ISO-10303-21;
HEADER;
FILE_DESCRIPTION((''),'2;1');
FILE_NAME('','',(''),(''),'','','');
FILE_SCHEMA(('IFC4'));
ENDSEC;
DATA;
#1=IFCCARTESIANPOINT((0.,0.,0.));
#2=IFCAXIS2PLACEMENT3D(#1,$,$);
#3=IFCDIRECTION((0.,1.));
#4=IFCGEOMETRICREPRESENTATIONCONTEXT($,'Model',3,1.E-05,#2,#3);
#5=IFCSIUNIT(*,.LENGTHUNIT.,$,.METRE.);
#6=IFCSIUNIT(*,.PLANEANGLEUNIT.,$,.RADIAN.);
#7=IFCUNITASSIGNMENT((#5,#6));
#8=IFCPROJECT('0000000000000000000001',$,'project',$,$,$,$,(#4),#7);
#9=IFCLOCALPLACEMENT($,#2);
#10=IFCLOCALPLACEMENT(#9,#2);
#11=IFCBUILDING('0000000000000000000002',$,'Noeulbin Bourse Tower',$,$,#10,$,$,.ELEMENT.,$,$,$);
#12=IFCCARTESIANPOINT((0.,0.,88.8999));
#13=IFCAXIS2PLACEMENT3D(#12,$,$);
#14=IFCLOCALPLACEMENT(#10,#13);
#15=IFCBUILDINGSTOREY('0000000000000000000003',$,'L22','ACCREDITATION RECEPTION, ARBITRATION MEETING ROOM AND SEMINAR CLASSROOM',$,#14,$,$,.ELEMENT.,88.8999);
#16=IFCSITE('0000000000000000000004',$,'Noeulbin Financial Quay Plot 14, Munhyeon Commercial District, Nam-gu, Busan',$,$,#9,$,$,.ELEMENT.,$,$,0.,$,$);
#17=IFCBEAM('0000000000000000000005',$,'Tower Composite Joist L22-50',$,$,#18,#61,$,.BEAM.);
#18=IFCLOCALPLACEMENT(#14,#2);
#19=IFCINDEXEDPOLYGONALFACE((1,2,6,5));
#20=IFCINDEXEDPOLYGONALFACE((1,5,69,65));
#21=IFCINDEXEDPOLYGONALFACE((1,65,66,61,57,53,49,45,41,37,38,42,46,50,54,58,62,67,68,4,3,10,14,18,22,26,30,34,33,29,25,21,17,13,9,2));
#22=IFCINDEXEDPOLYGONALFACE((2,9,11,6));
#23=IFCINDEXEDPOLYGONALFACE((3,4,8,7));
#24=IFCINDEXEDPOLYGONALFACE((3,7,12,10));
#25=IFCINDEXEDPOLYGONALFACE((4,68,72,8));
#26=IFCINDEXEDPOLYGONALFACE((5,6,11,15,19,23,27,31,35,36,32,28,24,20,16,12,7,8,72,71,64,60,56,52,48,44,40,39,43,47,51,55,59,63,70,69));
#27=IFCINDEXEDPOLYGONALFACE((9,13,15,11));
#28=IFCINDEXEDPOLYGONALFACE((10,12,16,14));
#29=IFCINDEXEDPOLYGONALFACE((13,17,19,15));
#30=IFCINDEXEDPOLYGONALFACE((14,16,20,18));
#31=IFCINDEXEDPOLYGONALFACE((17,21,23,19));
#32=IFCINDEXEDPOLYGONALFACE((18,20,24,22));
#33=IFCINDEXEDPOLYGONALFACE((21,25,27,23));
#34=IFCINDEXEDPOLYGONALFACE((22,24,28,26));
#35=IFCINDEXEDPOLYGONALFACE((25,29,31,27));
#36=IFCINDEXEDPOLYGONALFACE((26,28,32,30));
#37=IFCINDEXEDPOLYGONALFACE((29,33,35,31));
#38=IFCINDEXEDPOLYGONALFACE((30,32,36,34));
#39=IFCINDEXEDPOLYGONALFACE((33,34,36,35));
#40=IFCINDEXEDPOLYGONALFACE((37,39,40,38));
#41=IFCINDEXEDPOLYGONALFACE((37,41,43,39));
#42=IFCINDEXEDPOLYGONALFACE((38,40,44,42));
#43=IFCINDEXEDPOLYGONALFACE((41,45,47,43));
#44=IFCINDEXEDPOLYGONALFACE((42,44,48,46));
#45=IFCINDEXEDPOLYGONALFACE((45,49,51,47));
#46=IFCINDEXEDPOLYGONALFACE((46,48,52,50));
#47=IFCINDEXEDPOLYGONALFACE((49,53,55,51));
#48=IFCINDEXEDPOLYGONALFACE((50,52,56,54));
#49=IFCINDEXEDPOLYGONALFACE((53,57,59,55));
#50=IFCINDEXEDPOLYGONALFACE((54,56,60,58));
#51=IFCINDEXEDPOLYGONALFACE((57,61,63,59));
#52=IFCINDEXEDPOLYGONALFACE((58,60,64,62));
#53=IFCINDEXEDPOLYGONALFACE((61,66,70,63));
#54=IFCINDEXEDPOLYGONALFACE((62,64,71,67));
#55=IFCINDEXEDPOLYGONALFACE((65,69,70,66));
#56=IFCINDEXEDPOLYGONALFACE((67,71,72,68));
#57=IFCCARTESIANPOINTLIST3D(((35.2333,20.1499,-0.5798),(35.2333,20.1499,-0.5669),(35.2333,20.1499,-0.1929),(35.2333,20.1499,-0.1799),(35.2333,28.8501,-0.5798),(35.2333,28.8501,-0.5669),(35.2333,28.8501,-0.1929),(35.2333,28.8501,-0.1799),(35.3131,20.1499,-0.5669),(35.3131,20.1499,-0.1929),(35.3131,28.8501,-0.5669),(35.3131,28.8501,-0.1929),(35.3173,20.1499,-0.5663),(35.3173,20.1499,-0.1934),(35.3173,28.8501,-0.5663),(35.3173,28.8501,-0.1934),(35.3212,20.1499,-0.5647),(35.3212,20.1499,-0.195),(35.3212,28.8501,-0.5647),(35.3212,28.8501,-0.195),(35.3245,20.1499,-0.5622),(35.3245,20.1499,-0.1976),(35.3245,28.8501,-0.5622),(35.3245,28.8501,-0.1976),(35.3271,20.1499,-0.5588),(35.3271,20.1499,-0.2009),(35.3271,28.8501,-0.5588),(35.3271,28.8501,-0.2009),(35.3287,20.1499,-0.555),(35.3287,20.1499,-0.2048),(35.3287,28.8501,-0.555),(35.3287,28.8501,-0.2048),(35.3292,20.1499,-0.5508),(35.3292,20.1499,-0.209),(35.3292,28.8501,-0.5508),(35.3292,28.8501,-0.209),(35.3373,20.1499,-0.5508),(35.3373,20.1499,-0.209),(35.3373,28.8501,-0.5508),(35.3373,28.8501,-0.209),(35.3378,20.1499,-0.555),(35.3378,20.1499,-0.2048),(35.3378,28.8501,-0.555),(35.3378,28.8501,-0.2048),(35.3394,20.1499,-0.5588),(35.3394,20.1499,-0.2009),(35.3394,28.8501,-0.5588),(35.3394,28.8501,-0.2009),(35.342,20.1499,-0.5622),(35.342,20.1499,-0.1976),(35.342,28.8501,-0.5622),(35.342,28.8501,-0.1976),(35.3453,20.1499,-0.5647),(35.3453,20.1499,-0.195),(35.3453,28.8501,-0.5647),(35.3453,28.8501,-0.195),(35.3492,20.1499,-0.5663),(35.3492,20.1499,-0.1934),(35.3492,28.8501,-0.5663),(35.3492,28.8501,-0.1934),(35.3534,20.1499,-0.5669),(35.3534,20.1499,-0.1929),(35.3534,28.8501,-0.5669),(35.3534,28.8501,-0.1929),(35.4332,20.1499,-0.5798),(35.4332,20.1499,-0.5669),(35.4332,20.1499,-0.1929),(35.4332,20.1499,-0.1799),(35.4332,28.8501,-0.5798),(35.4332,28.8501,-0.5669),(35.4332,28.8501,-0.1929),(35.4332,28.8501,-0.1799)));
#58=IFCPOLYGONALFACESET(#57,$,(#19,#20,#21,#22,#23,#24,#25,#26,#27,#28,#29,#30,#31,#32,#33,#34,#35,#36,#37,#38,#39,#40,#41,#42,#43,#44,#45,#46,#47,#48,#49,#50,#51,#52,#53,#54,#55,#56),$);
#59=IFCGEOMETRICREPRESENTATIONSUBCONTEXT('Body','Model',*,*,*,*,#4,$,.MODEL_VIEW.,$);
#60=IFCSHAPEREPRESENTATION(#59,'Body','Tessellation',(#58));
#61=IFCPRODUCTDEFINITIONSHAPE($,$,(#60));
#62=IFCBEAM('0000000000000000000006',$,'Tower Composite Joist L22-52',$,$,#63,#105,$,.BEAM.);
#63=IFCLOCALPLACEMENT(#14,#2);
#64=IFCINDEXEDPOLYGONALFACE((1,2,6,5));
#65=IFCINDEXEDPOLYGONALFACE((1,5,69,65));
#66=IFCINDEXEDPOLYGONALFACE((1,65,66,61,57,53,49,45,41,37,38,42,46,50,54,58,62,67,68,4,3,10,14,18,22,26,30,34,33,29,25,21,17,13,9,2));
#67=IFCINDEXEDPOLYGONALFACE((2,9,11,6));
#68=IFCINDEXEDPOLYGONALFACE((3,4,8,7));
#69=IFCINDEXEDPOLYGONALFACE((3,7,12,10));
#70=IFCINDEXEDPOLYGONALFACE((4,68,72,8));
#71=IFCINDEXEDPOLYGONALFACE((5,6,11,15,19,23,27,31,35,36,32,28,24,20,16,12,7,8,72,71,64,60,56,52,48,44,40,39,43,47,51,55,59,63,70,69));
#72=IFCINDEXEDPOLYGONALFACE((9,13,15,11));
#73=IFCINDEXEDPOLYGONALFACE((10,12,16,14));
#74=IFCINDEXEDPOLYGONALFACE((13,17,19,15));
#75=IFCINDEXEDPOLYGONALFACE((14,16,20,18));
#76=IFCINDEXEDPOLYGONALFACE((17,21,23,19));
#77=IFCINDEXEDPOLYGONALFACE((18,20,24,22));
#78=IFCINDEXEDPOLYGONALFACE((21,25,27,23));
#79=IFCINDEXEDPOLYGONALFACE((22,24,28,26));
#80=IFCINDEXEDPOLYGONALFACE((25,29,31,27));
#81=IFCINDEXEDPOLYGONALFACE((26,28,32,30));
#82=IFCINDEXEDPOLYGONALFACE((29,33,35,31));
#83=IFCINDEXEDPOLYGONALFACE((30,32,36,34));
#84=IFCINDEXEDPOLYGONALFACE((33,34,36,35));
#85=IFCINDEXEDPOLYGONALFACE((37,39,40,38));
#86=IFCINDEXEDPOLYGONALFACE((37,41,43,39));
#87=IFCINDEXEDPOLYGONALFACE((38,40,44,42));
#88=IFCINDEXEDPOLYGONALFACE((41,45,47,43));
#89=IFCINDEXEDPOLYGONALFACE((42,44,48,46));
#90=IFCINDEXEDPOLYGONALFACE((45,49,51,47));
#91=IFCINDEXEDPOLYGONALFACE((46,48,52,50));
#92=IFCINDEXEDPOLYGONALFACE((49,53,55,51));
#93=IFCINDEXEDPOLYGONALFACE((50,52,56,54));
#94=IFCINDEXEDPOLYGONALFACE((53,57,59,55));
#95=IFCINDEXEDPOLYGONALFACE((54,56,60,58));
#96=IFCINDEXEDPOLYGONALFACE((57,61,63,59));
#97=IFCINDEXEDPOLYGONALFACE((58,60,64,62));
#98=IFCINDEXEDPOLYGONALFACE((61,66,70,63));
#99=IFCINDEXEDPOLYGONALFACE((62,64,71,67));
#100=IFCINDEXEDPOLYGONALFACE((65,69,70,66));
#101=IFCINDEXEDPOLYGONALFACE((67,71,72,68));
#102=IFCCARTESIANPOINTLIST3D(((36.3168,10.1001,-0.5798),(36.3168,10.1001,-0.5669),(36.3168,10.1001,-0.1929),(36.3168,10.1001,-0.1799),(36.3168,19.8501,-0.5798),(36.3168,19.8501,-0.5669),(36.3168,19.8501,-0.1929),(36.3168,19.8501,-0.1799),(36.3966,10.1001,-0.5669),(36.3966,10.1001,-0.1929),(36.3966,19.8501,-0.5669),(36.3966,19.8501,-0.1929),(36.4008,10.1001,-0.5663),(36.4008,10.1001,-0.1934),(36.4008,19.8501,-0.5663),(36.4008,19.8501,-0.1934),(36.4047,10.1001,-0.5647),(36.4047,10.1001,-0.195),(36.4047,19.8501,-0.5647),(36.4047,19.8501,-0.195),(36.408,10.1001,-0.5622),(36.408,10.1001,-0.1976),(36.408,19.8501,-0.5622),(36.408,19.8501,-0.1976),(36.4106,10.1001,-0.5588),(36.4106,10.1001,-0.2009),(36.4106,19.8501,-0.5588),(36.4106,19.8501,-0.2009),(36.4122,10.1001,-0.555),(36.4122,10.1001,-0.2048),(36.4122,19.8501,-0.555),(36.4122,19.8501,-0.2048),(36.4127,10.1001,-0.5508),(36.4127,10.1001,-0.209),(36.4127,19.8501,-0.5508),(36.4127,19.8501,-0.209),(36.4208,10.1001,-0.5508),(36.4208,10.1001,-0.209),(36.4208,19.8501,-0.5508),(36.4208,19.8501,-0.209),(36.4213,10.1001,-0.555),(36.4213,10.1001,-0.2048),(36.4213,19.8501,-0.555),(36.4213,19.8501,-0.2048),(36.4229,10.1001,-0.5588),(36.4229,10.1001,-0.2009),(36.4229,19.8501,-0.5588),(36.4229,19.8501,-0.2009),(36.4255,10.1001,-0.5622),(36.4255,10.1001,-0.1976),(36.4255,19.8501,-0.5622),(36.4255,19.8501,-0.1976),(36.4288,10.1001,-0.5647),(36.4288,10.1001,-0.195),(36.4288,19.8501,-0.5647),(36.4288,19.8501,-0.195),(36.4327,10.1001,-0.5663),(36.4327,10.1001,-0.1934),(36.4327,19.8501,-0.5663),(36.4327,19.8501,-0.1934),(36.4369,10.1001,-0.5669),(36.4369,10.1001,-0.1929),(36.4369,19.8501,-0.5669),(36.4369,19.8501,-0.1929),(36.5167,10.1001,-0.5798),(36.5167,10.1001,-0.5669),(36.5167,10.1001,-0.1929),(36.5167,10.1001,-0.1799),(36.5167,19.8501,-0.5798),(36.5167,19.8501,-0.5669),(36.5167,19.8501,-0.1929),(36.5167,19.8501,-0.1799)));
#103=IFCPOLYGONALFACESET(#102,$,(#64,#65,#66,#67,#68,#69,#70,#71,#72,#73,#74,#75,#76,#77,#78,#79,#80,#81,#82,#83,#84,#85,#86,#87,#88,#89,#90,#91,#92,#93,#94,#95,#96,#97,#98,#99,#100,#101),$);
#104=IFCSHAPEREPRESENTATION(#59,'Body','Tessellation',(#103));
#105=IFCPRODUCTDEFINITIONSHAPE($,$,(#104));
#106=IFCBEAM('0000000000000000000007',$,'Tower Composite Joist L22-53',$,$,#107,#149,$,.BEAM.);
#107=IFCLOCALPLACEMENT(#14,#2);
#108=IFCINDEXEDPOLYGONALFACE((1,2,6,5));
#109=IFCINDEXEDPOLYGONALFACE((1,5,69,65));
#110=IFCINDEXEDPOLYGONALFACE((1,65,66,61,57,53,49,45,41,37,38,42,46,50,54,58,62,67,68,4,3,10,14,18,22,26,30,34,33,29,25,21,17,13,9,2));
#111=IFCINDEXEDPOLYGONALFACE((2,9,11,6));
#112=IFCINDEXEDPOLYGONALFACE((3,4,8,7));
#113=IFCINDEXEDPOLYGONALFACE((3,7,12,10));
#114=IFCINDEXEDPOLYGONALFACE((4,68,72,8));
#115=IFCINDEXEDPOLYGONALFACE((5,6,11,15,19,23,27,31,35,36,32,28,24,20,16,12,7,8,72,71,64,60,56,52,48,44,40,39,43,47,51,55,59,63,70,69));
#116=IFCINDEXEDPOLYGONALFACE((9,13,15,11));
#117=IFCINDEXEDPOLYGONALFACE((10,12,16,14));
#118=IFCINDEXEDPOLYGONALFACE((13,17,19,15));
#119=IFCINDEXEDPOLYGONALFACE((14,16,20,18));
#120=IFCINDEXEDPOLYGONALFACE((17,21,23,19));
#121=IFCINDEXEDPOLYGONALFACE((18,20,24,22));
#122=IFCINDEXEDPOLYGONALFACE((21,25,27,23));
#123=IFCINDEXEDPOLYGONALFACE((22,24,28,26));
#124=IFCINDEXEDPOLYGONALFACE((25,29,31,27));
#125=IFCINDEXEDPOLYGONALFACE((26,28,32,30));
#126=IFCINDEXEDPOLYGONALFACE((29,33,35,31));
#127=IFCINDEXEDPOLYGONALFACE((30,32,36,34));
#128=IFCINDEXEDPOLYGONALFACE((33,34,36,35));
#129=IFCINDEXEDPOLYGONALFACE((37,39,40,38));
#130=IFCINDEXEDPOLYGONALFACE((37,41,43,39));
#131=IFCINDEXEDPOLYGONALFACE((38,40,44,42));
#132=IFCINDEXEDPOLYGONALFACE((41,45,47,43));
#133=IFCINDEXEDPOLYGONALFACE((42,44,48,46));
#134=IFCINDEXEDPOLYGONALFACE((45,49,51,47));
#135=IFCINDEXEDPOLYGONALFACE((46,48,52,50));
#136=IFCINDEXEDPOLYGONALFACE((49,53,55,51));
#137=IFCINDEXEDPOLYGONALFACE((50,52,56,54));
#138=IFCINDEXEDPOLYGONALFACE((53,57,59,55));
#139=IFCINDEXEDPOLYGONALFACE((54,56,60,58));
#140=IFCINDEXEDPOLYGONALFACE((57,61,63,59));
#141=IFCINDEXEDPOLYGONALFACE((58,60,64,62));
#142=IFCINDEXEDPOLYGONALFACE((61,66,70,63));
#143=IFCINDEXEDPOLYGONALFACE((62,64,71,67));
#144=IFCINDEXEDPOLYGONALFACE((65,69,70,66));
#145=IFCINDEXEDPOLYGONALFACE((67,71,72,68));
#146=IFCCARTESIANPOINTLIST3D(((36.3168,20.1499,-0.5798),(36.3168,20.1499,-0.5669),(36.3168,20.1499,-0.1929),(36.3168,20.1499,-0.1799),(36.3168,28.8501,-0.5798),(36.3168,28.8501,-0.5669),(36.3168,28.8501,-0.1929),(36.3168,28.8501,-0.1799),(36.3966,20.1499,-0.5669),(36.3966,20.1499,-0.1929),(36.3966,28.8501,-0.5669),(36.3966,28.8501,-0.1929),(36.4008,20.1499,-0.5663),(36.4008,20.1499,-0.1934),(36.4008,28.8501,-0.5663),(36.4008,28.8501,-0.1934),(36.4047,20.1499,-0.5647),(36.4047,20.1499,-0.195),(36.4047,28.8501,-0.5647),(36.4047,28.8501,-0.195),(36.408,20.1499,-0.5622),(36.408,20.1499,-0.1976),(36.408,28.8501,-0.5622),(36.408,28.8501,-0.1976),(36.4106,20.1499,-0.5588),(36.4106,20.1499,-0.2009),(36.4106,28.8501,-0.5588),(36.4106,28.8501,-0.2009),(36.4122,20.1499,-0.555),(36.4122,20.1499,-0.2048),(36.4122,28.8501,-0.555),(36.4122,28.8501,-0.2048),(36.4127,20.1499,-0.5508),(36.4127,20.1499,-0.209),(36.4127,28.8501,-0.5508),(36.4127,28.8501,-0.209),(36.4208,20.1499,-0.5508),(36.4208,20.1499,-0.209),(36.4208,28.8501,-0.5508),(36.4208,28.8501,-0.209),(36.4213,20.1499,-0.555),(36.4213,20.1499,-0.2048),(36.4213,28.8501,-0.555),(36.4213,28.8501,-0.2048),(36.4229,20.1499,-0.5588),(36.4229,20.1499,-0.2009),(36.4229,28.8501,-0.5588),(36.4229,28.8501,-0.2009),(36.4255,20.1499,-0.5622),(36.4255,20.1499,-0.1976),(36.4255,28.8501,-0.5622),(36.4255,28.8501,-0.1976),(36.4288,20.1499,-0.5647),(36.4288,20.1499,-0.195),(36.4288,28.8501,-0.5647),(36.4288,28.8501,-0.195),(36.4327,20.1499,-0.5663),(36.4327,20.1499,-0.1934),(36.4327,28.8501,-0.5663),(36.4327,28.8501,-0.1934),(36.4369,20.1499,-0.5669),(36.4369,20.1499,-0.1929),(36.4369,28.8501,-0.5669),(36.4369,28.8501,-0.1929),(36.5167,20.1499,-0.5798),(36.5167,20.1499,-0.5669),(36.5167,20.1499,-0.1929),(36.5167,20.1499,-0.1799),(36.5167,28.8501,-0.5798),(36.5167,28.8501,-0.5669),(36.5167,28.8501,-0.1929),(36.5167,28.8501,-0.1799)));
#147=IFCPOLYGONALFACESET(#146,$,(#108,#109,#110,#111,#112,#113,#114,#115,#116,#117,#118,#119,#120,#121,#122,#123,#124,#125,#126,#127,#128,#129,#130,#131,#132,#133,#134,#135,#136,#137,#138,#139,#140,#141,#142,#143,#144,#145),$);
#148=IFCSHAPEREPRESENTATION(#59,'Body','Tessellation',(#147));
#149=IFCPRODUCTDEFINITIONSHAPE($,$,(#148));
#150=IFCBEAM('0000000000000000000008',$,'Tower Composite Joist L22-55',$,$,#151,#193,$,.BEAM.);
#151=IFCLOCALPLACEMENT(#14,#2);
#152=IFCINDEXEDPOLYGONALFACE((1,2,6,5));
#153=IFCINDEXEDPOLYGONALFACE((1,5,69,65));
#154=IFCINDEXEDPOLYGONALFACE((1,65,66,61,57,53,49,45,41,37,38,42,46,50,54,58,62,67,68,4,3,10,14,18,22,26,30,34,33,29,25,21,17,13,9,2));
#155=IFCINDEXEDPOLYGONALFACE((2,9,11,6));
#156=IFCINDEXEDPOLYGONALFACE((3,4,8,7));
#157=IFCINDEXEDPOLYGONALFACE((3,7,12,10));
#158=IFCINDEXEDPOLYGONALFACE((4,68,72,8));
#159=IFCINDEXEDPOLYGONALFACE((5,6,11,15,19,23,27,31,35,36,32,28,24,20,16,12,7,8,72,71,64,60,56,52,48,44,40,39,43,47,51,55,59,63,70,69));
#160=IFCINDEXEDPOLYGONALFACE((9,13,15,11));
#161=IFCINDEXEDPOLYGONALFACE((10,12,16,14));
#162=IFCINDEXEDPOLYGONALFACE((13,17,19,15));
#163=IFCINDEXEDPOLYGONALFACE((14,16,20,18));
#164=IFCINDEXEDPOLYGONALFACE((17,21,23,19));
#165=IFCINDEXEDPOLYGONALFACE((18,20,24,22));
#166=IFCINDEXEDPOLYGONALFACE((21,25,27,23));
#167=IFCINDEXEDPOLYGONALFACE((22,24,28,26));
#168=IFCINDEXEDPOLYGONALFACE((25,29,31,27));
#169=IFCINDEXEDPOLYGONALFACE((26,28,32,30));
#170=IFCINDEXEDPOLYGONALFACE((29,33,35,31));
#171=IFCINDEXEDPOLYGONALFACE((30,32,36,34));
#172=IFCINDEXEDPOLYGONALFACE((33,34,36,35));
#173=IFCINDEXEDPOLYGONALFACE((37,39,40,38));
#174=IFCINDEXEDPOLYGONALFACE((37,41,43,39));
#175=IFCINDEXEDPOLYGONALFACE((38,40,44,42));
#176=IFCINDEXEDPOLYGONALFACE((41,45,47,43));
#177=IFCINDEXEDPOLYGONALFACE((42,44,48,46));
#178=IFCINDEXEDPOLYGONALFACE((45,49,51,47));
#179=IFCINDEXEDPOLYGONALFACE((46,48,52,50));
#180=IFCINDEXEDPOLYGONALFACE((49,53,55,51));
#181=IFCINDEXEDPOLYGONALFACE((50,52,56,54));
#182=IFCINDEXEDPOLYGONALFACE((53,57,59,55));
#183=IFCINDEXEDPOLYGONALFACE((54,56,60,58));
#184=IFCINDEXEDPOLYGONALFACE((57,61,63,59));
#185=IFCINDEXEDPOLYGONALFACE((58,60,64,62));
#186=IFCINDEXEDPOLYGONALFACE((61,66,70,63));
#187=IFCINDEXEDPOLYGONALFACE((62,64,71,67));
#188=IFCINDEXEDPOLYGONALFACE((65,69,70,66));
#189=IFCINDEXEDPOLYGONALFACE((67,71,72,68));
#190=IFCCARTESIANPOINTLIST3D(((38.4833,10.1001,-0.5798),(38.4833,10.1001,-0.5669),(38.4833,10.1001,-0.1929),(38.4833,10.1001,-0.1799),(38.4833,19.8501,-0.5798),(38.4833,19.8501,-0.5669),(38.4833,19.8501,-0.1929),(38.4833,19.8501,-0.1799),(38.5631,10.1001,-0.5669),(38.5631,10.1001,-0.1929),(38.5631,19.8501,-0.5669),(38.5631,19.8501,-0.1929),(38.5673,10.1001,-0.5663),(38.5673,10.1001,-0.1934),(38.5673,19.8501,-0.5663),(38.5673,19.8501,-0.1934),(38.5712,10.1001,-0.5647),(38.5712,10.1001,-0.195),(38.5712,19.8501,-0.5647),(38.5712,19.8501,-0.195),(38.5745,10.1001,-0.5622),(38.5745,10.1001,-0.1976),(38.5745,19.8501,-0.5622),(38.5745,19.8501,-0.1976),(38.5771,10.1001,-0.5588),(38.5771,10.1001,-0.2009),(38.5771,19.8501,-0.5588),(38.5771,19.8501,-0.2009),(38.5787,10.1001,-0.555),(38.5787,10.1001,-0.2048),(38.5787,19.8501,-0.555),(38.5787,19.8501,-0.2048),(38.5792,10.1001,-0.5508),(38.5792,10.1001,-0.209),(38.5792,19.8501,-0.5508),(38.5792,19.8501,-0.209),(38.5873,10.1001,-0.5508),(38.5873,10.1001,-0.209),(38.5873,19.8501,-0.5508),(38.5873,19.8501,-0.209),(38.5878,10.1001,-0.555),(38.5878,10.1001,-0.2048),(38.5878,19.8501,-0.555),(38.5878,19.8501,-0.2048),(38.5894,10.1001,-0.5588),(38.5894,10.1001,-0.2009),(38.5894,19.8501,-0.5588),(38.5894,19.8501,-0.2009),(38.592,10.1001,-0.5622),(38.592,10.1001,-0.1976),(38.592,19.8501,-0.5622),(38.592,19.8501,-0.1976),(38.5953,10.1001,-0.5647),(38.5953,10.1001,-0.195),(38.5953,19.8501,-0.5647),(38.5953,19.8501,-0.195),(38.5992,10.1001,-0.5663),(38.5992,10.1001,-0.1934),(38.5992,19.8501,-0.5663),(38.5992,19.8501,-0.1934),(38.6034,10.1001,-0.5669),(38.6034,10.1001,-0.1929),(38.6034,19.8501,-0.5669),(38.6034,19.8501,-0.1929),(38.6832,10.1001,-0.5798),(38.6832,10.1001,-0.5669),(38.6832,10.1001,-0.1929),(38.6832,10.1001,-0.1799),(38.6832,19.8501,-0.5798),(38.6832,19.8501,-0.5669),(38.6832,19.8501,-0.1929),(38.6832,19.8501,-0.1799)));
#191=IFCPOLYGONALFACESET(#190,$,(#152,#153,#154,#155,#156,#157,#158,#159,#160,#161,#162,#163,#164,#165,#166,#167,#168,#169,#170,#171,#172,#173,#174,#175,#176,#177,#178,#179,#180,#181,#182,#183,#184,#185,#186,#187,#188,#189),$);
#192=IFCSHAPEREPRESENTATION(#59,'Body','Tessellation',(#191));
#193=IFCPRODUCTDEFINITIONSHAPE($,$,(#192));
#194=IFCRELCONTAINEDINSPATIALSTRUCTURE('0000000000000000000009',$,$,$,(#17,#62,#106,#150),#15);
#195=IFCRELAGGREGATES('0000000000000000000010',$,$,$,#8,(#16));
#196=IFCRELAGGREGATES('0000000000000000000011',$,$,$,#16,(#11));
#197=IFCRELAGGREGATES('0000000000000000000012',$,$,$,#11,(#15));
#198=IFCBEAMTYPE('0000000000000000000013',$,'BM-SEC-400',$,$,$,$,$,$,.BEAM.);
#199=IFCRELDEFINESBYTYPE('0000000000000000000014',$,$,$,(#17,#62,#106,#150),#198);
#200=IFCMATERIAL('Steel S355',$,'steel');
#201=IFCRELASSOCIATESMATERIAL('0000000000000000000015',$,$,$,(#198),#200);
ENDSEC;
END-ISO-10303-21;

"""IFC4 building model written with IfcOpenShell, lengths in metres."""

from ifc_helpers import new_model, si_unit, direction, frame, origin, origin_2d, place, context, subcontext, project, spatial, i_section, extrude, material, material_profile, profile_set, type_object, element, save


model = new_model("IFC4")

# Units and contexts
model_context = context("Model", 3, precision=1e-05, world=origin(), true_north=direction((0.0, 1.0)))
body_context = subcontext(model_context, "Body", "Model", "MODEL_VIEW")
ifc_project = project(units=[si_unit("LENGTHUNIT", "METRE"), si_unit("PLANEANGLEUNIT", "RADIAN")], contexts=[model_context])

# Site, building, storey
site_placement = place(None, origin())
site = spatial("IfcSite", under=ifc_project, at=site_placement, Name="Noeulbin Financial Quay Plot 14, Munhyeon Commercial District, Nam-gu, Busan", CompositionType="ELEMENT", RefElevation=0.0)
building_placement = place(site_placement, origin())
building = spatial("IfcBuilding", under=site, at=building_placement, Name="Noeulbin Bourse Tower", CompositionType="ELEMENT")
storey_placement = place(building_placement, frame((0.0, 0.0, 88.8999)))
storey = spatial("IfcBuildingStorey", under=building, at=storey_placement, Name="L22", Description="ACCREDITATION RECEPTION, ARBITRATION MEETING ROOM AND SEMINAR CLASSROOM", CompositionType="ELEMENT", Elevation=88.8999)

# Beams
ifc_material_1 = material(Name="Steel S355", Category="steel")
ifc_material_profile_1 = material_profile(ifc_material_1, i_section(OverallWidth=0.2, OverallDepth=0.3999, WebThickness=0.0081, FlangeThickness=0.0129, FilletRadius=0.0161, at=origin_2d()), Name="H-400x200x8x13", Category="LoadBearing")
ifc_profile_set_1 = profile_set([ifc_material_profile_1], Name="Steel S355")
beam_type_1 = type_object("IfcBeamType", Name="BM-SEC-400", PredefinedType="BEAM", material=ifc_profile_set_1)
beam_1_placement = place(storey_placement, frame((35.3333, 20.1499, -0.3799), z_axis=(0.0, 1.0, 0.0), x_axis=(-1.0, 0.0, 0.0)))
element("IfcBeam", 1, at=beam_1_placement, inside=storey, type_object=beam_type_1, Name="Tower Composite Joist L22-50", PredefinedType="BEAM", context=body_context, shape_type="SweptSolid", body=[
    extrude(i_section(OverallWidth=0.2, OverallDepth=0.3999, WebThickness=0.0081, FlangeThickness=0.0129, FilletRadius=0.0161, at=origin_2d()), origin(), (0.0, 0.0, 1.0), 8.7002),
])
beam_2_placement = place(storey_placement, frame((36.4167, 10.1001, -0.3799), z_axis=(0.0, 1.0, 0.0), x_axis=(-1.0, 0.0, 0.0)))
element("IfcBeam", 2, at=beam_2_placement, inside=storey, type_object=beam_type_1, Name="Tower Composite Joist L22-52", PredefinedType="BEAM", context=body_context, shape_type="SweptSolid", body=[
    extrude(i_section(OverallWidth=0.2, OverallDepth=0.3999, WebThickness=0.0081, FlangeThickness=0.0129, FilletRadius=0.0161, at=origin_2d()), origin(), (0.0, 0.0, 1.0), 9.75),
])
beam_3_placement = place(storey_placement, frame((36.4167, 20.1499, -0.3799), z_axis=(0.0, 1.0, 0.0), x_axis=(-1.0, 0.0, 0.0)))
element("IfcBeam", 3, at=beam_3_placement, inside=storey, type_object=beam_type_1, Name="Tower Composite Joist L22-53", PredefinedType="BEAM", context=body_context, shape_type="SweptSolid", body=[
    extrude(i_section(OverallWidth=0.2, OverallDepth=0.3999, WebThickness=0.0081, FlangeThickness=0.0129, FilletRadius=0.0161, at=origin_2d()), origin(), (0.0, 0.0, 1.0), 8.7002),
])
beam_4_placement = place(storey_placement, frame((38.5833, 10.1001, -0.3799), z_axis=(0.0, 1.0, 0.0), x_axis=(-1.0, 0.0, 0.0)))
element("IfcBeam", 4, at=beam_4_placement, inside=storey, type_object=beam_type_1, Name="Tower Composite Joist L22-55", PredefinedType="BEAM", context=body_context, shape_type="SweptSolid", body=[
    extrude(i_section(OverallWidth=0.2, OverallDepth=0.3999, WebThickness=0.0081, FlangeThickness=0.0129, FilletRadius=0.0161, at=origin_2d()), origin(), (0.0, 0.0, 1.0), 9.75),
])

save(model, "model.ifc")
